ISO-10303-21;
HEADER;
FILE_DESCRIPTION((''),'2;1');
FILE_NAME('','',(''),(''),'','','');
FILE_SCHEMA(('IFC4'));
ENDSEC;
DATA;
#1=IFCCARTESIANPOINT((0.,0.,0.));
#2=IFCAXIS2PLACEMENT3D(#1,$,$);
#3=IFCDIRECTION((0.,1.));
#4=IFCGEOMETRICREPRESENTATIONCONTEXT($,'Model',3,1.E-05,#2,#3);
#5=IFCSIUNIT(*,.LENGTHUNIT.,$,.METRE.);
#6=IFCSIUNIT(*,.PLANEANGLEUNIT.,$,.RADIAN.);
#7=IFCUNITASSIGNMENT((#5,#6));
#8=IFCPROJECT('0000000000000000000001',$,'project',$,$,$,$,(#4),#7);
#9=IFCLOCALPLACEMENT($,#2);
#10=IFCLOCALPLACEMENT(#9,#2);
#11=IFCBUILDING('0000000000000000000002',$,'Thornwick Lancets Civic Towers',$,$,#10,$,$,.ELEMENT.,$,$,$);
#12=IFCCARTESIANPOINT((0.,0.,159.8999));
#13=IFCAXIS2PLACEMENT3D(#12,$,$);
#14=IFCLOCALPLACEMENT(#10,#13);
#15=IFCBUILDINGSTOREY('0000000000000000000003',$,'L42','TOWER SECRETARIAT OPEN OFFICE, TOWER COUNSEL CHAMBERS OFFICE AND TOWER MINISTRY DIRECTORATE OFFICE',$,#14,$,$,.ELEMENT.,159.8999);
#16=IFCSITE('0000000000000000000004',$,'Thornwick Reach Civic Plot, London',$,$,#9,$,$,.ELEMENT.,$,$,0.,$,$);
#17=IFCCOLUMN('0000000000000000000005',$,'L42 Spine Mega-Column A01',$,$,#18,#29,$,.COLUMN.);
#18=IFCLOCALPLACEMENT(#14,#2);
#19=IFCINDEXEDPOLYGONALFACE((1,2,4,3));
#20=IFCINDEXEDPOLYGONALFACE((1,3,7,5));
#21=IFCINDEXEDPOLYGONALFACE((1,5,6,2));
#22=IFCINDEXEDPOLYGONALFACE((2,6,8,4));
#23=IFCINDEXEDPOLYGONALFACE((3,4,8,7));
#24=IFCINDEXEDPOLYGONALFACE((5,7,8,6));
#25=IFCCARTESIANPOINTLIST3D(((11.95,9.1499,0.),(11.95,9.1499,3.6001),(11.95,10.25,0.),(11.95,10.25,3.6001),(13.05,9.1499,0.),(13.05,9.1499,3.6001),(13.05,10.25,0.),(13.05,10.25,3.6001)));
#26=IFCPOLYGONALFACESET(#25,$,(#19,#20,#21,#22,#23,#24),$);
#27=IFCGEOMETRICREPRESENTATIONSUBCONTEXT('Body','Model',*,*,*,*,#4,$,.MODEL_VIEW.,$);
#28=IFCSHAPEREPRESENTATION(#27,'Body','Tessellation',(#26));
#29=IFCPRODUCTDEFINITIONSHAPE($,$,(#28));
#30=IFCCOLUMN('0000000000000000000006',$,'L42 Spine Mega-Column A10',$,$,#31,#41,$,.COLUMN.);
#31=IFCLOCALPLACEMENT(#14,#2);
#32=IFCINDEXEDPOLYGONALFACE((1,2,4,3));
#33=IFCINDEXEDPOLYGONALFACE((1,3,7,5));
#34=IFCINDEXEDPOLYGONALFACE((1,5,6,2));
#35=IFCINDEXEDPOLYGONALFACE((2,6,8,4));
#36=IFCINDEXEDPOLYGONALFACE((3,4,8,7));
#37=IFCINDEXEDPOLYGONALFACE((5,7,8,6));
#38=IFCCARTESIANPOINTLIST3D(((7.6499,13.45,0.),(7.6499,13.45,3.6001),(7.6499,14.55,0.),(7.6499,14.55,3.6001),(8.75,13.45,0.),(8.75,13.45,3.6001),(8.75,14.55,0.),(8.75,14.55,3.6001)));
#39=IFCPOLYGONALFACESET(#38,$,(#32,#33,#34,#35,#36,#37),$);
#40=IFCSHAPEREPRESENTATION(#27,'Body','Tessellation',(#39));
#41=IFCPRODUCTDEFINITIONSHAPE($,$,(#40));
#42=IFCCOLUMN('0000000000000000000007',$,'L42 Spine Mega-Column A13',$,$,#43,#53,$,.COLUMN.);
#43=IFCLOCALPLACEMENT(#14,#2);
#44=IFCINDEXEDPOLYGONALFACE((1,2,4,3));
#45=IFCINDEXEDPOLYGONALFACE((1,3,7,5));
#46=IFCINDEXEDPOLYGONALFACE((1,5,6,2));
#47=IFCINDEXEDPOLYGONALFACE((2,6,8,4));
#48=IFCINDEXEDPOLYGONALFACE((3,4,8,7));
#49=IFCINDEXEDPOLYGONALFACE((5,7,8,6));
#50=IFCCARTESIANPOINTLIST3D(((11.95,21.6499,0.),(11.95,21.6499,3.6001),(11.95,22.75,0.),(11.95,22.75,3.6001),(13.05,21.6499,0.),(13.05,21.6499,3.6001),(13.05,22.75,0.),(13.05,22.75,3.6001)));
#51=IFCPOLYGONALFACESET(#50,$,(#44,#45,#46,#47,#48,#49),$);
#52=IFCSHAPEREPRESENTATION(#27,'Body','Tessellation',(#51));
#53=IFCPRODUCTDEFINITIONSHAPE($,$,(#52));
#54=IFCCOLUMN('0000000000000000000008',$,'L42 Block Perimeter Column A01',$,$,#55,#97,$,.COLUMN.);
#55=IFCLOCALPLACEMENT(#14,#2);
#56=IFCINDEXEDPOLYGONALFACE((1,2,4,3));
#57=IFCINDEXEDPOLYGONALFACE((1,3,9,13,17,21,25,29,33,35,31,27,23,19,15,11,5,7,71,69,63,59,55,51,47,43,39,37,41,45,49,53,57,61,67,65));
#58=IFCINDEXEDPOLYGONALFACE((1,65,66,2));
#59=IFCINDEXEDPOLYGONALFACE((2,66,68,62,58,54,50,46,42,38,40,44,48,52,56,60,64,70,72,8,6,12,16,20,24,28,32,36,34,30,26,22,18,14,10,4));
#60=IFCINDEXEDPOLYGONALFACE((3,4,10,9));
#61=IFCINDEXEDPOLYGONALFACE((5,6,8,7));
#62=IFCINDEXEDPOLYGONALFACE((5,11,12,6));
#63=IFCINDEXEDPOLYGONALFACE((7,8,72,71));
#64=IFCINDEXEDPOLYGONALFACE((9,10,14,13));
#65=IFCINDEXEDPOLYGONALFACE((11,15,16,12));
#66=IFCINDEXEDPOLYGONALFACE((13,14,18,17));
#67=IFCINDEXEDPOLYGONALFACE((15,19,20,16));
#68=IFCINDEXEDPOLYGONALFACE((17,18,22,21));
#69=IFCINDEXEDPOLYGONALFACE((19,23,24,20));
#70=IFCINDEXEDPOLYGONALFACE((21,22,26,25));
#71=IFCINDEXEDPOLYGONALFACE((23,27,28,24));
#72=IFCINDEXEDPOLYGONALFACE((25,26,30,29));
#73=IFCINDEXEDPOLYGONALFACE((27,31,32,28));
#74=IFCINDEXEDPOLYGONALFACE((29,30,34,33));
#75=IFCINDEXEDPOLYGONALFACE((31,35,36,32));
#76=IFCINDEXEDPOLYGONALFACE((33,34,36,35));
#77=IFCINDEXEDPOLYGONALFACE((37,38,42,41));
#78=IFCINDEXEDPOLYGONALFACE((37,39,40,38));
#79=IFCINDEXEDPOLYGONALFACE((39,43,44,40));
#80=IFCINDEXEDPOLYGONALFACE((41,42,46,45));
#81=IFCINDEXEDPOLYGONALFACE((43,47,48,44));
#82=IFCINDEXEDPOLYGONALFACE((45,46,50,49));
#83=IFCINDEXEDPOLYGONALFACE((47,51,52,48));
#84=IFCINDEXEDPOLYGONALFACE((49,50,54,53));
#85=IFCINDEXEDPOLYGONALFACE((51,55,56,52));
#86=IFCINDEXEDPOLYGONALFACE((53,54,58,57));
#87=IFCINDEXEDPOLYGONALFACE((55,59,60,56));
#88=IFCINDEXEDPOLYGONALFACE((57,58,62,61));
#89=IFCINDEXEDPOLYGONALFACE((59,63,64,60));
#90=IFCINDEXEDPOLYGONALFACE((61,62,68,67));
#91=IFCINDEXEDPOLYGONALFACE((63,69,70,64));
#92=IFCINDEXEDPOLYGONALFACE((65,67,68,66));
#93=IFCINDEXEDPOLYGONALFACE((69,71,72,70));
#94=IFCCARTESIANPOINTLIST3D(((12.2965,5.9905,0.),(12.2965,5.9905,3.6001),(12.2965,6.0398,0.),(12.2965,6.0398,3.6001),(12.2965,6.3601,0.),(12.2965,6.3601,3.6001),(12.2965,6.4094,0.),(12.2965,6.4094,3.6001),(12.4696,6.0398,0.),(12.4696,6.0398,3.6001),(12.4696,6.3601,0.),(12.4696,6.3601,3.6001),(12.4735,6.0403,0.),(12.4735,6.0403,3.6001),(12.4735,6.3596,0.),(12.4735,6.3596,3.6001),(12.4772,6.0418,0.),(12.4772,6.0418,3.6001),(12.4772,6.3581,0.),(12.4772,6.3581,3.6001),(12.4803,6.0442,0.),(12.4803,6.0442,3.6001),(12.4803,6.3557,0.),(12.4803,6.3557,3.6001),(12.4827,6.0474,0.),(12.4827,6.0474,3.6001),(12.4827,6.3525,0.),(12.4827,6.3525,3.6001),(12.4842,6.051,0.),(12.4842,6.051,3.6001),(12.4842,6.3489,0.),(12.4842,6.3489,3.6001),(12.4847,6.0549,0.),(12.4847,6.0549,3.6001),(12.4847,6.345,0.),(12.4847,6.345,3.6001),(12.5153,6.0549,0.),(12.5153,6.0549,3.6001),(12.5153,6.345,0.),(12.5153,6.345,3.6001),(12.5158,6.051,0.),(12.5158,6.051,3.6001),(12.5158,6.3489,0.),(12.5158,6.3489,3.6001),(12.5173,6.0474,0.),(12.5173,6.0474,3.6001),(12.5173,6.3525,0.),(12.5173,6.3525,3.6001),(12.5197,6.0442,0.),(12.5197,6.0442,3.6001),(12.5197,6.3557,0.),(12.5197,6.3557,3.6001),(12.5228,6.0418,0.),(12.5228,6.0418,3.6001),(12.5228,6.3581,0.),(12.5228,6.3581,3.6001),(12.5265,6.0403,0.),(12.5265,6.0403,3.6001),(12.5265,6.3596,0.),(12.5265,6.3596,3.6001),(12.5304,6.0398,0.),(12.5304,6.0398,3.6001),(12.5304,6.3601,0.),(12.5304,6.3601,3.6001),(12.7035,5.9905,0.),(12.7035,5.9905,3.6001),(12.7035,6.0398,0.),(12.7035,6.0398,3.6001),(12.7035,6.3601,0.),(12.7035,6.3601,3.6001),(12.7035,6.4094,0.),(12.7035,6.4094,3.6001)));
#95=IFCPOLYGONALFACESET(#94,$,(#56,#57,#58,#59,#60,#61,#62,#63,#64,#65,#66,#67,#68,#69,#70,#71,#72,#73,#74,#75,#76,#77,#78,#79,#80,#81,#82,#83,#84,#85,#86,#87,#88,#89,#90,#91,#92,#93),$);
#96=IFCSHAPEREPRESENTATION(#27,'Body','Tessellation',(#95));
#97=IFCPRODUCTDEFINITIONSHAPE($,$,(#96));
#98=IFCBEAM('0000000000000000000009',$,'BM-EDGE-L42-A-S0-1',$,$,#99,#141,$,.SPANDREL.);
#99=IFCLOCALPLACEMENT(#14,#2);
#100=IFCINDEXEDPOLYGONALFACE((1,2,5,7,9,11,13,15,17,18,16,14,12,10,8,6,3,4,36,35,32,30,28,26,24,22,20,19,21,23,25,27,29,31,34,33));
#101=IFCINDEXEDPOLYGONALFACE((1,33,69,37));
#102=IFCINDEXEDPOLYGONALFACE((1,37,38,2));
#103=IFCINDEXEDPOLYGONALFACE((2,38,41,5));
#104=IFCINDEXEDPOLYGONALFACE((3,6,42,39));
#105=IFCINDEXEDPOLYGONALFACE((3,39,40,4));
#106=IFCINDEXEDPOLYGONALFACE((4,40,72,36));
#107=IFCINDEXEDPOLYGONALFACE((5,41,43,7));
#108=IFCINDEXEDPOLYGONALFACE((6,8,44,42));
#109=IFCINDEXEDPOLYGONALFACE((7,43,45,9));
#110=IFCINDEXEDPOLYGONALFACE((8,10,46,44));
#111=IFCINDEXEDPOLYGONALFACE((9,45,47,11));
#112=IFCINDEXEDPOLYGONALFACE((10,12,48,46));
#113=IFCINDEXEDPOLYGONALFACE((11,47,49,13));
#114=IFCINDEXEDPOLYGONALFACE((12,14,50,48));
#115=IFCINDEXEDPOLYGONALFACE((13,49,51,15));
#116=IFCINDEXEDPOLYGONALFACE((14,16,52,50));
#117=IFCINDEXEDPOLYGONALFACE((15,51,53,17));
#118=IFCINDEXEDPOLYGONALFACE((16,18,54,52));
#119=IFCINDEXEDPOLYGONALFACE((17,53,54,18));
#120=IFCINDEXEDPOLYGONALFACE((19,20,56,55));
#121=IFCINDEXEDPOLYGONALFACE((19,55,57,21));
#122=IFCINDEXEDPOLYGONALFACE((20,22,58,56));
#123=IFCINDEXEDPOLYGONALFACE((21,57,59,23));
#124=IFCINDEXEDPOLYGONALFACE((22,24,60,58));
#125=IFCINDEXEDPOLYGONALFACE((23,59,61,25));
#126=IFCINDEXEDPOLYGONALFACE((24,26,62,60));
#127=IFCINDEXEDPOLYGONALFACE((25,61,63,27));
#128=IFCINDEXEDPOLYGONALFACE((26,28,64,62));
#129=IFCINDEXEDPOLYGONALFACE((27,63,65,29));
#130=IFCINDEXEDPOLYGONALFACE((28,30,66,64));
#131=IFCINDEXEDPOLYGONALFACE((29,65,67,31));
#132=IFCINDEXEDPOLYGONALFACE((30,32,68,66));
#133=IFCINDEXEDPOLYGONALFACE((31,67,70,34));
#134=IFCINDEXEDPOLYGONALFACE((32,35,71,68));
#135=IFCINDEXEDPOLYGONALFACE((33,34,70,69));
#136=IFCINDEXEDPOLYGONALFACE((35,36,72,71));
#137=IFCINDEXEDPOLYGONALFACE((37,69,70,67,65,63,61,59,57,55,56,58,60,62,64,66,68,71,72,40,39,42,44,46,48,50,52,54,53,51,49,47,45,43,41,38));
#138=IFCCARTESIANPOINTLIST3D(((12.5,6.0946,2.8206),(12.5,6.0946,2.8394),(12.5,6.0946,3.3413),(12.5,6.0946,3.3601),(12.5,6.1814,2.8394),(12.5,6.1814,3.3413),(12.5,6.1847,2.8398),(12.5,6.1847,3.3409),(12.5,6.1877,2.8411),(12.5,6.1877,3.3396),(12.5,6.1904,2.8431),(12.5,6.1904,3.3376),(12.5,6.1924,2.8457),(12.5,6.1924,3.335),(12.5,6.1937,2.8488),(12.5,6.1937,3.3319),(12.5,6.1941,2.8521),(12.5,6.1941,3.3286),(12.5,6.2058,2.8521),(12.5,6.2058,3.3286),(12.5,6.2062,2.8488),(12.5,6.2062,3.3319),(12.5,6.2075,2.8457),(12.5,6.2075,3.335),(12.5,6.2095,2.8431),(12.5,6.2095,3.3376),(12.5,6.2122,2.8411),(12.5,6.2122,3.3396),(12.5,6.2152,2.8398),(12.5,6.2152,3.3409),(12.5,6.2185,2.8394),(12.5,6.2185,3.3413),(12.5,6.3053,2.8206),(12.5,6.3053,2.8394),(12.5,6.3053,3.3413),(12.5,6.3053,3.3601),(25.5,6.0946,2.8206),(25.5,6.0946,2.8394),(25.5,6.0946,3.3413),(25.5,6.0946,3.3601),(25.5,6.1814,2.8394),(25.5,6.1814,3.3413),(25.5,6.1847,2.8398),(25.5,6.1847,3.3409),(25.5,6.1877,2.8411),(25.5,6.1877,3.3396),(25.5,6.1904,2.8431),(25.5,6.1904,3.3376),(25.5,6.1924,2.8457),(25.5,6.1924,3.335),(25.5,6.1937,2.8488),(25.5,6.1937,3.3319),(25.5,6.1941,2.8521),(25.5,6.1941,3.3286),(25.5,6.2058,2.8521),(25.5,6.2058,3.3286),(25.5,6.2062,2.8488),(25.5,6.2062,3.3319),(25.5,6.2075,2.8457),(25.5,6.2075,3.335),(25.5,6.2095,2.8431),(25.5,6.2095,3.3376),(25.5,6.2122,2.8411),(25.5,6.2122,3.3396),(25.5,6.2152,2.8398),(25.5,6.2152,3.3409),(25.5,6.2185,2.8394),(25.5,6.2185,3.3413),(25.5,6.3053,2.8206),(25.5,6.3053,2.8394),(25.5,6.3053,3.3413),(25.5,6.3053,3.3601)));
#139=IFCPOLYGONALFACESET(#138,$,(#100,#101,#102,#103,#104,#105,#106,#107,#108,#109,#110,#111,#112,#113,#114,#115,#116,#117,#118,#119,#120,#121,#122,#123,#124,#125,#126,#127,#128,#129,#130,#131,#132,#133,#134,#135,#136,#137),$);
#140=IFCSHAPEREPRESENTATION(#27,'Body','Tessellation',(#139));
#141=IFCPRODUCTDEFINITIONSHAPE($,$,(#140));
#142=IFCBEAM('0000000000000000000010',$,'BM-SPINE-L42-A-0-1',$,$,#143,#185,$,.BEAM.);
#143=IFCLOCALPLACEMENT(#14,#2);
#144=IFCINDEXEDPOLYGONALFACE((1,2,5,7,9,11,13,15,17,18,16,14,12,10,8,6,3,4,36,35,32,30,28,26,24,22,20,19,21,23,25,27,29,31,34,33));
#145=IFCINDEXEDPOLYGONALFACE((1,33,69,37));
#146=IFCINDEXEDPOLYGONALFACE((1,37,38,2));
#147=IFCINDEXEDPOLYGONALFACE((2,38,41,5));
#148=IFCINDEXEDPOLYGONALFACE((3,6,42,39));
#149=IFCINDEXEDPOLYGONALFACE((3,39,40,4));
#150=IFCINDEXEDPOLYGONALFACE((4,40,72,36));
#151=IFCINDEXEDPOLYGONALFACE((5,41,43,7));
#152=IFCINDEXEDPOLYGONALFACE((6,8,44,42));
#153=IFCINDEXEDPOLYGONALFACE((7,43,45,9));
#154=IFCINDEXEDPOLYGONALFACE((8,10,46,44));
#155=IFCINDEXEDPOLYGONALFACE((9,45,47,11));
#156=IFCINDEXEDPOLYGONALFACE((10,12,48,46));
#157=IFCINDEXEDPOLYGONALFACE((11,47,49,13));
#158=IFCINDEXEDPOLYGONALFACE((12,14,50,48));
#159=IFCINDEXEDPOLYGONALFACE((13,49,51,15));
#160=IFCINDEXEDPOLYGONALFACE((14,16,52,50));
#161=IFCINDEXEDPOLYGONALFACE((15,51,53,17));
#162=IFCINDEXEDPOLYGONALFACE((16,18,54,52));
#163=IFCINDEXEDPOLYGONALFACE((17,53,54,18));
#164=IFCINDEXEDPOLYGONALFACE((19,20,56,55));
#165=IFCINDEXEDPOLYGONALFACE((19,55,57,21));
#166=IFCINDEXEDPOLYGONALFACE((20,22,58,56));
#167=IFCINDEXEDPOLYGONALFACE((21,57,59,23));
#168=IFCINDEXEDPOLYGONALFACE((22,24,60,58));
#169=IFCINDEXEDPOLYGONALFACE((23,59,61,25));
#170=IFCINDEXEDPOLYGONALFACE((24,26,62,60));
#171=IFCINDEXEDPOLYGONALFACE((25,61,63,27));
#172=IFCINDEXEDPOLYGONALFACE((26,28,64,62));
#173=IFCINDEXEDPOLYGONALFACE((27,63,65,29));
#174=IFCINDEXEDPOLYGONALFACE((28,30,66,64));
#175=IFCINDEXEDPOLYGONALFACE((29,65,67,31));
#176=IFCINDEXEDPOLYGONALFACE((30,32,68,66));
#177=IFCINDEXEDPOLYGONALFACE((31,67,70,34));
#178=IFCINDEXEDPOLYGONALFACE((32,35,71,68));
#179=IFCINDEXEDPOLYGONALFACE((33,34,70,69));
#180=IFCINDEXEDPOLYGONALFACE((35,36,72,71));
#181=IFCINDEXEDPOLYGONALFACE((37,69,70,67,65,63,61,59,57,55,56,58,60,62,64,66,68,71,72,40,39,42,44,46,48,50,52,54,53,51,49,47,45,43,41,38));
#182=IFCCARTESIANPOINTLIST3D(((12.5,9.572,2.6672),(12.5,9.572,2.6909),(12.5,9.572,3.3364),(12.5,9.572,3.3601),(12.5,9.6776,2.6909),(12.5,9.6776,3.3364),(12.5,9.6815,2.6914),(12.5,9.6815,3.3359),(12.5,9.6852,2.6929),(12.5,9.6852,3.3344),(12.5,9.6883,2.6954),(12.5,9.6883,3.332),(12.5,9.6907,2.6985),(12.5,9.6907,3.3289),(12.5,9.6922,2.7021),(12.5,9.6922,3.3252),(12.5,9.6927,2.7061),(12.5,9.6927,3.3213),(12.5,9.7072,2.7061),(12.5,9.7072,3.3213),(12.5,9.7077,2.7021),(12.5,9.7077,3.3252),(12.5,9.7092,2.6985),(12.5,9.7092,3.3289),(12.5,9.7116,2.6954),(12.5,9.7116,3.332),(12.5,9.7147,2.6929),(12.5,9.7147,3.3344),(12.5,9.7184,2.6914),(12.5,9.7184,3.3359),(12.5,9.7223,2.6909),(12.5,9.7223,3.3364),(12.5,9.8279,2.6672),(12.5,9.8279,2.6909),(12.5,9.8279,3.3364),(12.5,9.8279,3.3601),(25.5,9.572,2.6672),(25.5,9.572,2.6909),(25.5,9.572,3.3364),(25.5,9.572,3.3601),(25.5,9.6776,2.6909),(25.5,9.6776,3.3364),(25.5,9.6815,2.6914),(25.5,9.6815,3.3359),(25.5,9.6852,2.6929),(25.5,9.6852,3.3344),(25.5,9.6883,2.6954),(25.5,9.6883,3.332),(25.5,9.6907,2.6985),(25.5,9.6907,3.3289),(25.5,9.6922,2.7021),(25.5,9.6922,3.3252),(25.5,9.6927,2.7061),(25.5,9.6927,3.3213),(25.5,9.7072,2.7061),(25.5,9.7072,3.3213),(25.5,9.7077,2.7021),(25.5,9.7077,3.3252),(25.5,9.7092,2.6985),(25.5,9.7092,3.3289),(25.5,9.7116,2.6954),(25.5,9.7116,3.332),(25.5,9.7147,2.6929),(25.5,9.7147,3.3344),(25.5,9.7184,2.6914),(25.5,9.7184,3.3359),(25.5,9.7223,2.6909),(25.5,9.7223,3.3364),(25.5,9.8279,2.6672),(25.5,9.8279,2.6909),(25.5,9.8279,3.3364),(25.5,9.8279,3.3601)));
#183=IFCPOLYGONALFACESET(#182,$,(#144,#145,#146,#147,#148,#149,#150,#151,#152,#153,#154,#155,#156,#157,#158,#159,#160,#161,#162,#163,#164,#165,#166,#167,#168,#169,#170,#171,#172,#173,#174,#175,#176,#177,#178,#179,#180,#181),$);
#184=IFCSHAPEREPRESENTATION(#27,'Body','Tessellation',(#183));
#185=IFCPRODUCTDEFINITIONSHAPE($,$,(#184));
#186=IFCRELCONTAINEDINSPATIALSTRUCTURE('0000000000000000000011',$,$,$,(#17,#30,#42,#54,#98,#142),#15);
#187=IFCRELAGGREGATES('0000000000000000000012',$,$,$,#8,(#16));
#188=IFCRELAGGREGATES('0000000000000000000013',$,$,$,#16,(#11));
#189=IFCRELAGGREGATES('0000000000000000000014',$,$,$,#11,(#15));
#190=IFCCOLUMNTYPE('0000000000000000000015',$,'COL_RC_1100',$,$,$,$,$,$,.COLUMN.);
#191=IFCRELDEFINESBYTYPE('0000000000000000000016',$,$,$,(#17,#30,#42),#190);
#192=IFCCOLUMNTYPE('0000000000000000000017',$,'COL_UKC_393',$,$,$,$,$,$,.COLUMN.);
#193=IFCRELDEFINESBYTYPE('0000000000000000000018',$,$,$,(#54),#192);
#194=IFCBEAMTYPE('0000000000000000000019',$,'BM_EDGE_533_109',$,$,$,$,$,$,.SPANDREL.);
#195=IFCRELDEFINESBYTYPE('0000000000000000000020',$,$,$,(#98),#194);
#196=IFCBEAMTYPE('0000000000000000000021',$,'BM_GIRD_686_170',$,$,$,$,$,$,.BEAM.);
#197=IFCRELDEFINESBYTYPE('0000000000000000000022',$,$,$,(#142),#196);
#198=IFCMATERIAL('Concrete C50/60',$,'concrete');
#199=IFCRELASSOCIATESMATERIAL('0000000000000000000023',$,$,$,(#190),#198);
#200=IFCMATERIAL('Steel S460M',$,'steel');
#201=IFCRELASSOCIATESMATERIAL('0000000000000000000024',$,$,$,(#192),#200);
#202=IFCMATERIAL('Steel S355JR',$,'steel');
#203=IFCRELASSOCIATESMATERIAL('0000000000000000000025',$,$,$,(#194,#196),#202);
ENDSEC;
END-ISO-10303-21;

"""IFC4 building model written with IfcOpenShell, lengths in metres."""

from ifc_helpers import new_model, si_unit, direction, frame, origin, origin_2d, place, context, subcontext, project, spatial, rectangle, i_section, extrude, material, material_profile, profile_set, type_object, element, save


model = new_model("IFC4")

# Units and contexts
model_context = context("Model", 3, precision=1e-05, world=origin(), true_north=direction((0.0, 1.0)))
body_context = subcontext(model_context, "Body", "Model", "MODEL_VIEW")
ifc_project = project(units=[si_unit("LENGTHUNIT", "METRE"), si_unit("PLANEANGLEUNIT", "RADIAN")], contexts=[model_context])

# Site, building, storey
site_placement = place(None, origin())
site = spatial("IfcSite", under=ifc_project, at=site_placement, Name="Thornwick Reach Civic Plot, London", CompositionType="ELEMENT", RefElevation=0.0)
building_placement = place(site_placement, origin())
building = spatial("IfcBuilding", under=site, at=building_placement, Name="Thornwick Lancets Civic Towers", CompositionType="ELEMENT")
storey_placement = place(building_placement, frame((0.0, 0.0, 159.8999)))
storey = spatial("IfcBuildingStorey", under=building, at=storey_placement, Name="L42", Description="TOWER SECRETARIAT OPEN OFFICE, TOWER COUNSEL CHAMBERS OFFICE AND TOWER MINISTRY DIRECTORATE OFFICE", CompositionType="ELEMENT", Elevation=159.8999)

# Columns
ifc_material_1 = material(Name="Concrete C50/60", Category="concrete")
ifc_material_profile_1 = material_profile(ifc_material_1, rectangle(XDim=1.1001, YDim=1.1001, at=origin_2d()), Name="RC 1100x1100")
ifc_profile_set_1 = profile_set([ifc_material_profile_1], Name="Concrete C50/60")
column_type_1 = type_object("IfcColumnType", Name="COL_RC_1100", PredefinedType="COLUMN", material=ifc_profile_set_1)
for number, where, z_axis, x_axis, name in (
    (1, (12.5, 9.7, 0.0), (0.0, 0.0, 1.0), (1.0, 0.0, 0.0), "L42 Spine Mega-Column A01"),
    (2, (8.2, 14.0, 0.0), (0.0, 0.0, 1.0), (1.0, 0.0, 0.0), "L42 Spine Mega-Column A10"),
    (3, (12.5, 22.2, 0.0), (0.0, 0.0, 1.0), (1.0, 0.0, 0.0), "L42 Spine Mega-Column A13"),
):
    element("IfcColumn", number, at=place(storey_placement, frame(where, z_axis=z_axis, x_axis=x_axis)), inside=storey, type_object=column_type_1, Name=name, PredefinedType="COLUMN", context=body_context, shape_type="SweptSolid", body=[
        extrude(rectangle(XDim=1.1001, YDim=1.1001, at=origin_2d()), origin(), (0.0, 0.0, 1.0), 3.6001),
    ])
ifc_material_2 = material(Name="Steel S460M", Category="steel")
ifc_material_profile_2 = material_profile(ifc_material_2, i_section(OverallWidth=0.407, OverallDepth=0.4189, WebThickness=0.0305, FlangeThickness=0.0493, FilletRadius=0.0151, at=origin_2d()), Name="UKC 356x406x393")
ifc_profile_set_2 = profile_set([ifc_material_profile_2], Name="Steel S460M")
column_type_2 = type_object("IfcColumnType", Name="COL_UKC_393", PredefinedType="COLUMN", material=ifc_profile_set_2)
column_placement = place(storey_placement, frame((12.5, 6.2, 0.0), z_axis=(0.0, 0.0, 1.0), x_axis=(1.0, 0.0, 0.0)))
element("IfcColumn", 4, at=column_placement, inside=storey, type_object=column_type_2, Name="L42 Block Perimeter Column A01", PredefinedType="COLUMN", context=body_context, shape_type="SweptSolid", body=[
    extrude(i_section(OverallWidth=0.407, OverallDepth=0.4189, WebThickness=0.0305, FlangeThickness=0.0493, FilletRadius=0.0151, at=origin_2d()), origin(), (0.0, 0.0, 1.0), 3.6001),
])

# Beams
ifc_material_3 = material(Name="Steel S355JR", Category="steel")
ifc_material_profile_3 = material_profile(ifc_material_3, i_section(OverallWidth=0.2107, OverallDepth=0.5396, WebThickness=0.0117, FlangeThickness=0.0188, FilletRadius=0.0127, at=origin_2d()), Name="UKB 533x210x109")
ifc_profile_set_3 = profile_set([ifc_material_profile_3], Name="Steel S355JR")
beam_type_1 = type_object("IfcBeamType", Name="BM_EDGE_533_109", PredefinedType="SPANDREL", material=ifc_profile_set_3)
beam_1_placement = place(storey_placement, frame((12.5, 6.2, 3.0903), z_axis=(1.0, 0.0, 0.0), x_axis=(0.0, 1.0, 0.0)))
element("IfcBeam", 5, at=beam_1_placement, inside=storey, type_object=beam_type_1, Name="BM-EDGE-L42-A-S0-1", PredefinedType="SPANDREL", context=body_context, shape_type="SweptSolid", body=[
    extrude(i_section(OverallWidth=0.2107, OverallDepth=0.5396, WebThickness=0.0117, FlangeThickness=0.0188, FilletRadius=0.0127, at=origin_2d()), origin(), (0.0, 0.0, 1.0), 13.0),
])
ifc_material_profile_4 = material_profile(ifc_material_3, i_section(OverallWidth=0.2559, OverallDepth=0.6929, WebThickness=0.0144, FlangeThickness=0.0237, FilletRadius=0.0151, at=origin_2d()), Name="UKB 686x254x170")
ifc_profile_set_4 = profile_set([ifc_material_profile_4], Name="Steel S355JR")
beam_type_2 = type_object("IfcBeamType", Name="BM_GIRD_686_170", PredefinedType="BEAM", material=ifc_profile_set_4)
for number, where, z_axis, x_axis, name in (
    (6, (12.5, 9.7, 3.0137), (1.0, 0.0, 0.0), (0.0, 1.0, 0.0), "BM-SPINE-L42-A-0-1"),
):
    element("IfcBeam", number, at=place(storey_placement, frame(where, z_axis=z_axis, x_axis=x_axis)), inside=storey, type_object=beam_type_2, Name=name, PredefinedType="BEAM", context=body_context, shape_type="SweptSolid", body=[
        extrude(i_section(OverallWidth=0.2559, OverallDepth=0.6929, WebThickness=0.0144, FlangeThickness=0.0237, FilletRadius=0.0151, at=origin_2d()), origin(), (0.0, 0.0, 1.0), 13.0),
    ])

save(model, "model.ifc")
